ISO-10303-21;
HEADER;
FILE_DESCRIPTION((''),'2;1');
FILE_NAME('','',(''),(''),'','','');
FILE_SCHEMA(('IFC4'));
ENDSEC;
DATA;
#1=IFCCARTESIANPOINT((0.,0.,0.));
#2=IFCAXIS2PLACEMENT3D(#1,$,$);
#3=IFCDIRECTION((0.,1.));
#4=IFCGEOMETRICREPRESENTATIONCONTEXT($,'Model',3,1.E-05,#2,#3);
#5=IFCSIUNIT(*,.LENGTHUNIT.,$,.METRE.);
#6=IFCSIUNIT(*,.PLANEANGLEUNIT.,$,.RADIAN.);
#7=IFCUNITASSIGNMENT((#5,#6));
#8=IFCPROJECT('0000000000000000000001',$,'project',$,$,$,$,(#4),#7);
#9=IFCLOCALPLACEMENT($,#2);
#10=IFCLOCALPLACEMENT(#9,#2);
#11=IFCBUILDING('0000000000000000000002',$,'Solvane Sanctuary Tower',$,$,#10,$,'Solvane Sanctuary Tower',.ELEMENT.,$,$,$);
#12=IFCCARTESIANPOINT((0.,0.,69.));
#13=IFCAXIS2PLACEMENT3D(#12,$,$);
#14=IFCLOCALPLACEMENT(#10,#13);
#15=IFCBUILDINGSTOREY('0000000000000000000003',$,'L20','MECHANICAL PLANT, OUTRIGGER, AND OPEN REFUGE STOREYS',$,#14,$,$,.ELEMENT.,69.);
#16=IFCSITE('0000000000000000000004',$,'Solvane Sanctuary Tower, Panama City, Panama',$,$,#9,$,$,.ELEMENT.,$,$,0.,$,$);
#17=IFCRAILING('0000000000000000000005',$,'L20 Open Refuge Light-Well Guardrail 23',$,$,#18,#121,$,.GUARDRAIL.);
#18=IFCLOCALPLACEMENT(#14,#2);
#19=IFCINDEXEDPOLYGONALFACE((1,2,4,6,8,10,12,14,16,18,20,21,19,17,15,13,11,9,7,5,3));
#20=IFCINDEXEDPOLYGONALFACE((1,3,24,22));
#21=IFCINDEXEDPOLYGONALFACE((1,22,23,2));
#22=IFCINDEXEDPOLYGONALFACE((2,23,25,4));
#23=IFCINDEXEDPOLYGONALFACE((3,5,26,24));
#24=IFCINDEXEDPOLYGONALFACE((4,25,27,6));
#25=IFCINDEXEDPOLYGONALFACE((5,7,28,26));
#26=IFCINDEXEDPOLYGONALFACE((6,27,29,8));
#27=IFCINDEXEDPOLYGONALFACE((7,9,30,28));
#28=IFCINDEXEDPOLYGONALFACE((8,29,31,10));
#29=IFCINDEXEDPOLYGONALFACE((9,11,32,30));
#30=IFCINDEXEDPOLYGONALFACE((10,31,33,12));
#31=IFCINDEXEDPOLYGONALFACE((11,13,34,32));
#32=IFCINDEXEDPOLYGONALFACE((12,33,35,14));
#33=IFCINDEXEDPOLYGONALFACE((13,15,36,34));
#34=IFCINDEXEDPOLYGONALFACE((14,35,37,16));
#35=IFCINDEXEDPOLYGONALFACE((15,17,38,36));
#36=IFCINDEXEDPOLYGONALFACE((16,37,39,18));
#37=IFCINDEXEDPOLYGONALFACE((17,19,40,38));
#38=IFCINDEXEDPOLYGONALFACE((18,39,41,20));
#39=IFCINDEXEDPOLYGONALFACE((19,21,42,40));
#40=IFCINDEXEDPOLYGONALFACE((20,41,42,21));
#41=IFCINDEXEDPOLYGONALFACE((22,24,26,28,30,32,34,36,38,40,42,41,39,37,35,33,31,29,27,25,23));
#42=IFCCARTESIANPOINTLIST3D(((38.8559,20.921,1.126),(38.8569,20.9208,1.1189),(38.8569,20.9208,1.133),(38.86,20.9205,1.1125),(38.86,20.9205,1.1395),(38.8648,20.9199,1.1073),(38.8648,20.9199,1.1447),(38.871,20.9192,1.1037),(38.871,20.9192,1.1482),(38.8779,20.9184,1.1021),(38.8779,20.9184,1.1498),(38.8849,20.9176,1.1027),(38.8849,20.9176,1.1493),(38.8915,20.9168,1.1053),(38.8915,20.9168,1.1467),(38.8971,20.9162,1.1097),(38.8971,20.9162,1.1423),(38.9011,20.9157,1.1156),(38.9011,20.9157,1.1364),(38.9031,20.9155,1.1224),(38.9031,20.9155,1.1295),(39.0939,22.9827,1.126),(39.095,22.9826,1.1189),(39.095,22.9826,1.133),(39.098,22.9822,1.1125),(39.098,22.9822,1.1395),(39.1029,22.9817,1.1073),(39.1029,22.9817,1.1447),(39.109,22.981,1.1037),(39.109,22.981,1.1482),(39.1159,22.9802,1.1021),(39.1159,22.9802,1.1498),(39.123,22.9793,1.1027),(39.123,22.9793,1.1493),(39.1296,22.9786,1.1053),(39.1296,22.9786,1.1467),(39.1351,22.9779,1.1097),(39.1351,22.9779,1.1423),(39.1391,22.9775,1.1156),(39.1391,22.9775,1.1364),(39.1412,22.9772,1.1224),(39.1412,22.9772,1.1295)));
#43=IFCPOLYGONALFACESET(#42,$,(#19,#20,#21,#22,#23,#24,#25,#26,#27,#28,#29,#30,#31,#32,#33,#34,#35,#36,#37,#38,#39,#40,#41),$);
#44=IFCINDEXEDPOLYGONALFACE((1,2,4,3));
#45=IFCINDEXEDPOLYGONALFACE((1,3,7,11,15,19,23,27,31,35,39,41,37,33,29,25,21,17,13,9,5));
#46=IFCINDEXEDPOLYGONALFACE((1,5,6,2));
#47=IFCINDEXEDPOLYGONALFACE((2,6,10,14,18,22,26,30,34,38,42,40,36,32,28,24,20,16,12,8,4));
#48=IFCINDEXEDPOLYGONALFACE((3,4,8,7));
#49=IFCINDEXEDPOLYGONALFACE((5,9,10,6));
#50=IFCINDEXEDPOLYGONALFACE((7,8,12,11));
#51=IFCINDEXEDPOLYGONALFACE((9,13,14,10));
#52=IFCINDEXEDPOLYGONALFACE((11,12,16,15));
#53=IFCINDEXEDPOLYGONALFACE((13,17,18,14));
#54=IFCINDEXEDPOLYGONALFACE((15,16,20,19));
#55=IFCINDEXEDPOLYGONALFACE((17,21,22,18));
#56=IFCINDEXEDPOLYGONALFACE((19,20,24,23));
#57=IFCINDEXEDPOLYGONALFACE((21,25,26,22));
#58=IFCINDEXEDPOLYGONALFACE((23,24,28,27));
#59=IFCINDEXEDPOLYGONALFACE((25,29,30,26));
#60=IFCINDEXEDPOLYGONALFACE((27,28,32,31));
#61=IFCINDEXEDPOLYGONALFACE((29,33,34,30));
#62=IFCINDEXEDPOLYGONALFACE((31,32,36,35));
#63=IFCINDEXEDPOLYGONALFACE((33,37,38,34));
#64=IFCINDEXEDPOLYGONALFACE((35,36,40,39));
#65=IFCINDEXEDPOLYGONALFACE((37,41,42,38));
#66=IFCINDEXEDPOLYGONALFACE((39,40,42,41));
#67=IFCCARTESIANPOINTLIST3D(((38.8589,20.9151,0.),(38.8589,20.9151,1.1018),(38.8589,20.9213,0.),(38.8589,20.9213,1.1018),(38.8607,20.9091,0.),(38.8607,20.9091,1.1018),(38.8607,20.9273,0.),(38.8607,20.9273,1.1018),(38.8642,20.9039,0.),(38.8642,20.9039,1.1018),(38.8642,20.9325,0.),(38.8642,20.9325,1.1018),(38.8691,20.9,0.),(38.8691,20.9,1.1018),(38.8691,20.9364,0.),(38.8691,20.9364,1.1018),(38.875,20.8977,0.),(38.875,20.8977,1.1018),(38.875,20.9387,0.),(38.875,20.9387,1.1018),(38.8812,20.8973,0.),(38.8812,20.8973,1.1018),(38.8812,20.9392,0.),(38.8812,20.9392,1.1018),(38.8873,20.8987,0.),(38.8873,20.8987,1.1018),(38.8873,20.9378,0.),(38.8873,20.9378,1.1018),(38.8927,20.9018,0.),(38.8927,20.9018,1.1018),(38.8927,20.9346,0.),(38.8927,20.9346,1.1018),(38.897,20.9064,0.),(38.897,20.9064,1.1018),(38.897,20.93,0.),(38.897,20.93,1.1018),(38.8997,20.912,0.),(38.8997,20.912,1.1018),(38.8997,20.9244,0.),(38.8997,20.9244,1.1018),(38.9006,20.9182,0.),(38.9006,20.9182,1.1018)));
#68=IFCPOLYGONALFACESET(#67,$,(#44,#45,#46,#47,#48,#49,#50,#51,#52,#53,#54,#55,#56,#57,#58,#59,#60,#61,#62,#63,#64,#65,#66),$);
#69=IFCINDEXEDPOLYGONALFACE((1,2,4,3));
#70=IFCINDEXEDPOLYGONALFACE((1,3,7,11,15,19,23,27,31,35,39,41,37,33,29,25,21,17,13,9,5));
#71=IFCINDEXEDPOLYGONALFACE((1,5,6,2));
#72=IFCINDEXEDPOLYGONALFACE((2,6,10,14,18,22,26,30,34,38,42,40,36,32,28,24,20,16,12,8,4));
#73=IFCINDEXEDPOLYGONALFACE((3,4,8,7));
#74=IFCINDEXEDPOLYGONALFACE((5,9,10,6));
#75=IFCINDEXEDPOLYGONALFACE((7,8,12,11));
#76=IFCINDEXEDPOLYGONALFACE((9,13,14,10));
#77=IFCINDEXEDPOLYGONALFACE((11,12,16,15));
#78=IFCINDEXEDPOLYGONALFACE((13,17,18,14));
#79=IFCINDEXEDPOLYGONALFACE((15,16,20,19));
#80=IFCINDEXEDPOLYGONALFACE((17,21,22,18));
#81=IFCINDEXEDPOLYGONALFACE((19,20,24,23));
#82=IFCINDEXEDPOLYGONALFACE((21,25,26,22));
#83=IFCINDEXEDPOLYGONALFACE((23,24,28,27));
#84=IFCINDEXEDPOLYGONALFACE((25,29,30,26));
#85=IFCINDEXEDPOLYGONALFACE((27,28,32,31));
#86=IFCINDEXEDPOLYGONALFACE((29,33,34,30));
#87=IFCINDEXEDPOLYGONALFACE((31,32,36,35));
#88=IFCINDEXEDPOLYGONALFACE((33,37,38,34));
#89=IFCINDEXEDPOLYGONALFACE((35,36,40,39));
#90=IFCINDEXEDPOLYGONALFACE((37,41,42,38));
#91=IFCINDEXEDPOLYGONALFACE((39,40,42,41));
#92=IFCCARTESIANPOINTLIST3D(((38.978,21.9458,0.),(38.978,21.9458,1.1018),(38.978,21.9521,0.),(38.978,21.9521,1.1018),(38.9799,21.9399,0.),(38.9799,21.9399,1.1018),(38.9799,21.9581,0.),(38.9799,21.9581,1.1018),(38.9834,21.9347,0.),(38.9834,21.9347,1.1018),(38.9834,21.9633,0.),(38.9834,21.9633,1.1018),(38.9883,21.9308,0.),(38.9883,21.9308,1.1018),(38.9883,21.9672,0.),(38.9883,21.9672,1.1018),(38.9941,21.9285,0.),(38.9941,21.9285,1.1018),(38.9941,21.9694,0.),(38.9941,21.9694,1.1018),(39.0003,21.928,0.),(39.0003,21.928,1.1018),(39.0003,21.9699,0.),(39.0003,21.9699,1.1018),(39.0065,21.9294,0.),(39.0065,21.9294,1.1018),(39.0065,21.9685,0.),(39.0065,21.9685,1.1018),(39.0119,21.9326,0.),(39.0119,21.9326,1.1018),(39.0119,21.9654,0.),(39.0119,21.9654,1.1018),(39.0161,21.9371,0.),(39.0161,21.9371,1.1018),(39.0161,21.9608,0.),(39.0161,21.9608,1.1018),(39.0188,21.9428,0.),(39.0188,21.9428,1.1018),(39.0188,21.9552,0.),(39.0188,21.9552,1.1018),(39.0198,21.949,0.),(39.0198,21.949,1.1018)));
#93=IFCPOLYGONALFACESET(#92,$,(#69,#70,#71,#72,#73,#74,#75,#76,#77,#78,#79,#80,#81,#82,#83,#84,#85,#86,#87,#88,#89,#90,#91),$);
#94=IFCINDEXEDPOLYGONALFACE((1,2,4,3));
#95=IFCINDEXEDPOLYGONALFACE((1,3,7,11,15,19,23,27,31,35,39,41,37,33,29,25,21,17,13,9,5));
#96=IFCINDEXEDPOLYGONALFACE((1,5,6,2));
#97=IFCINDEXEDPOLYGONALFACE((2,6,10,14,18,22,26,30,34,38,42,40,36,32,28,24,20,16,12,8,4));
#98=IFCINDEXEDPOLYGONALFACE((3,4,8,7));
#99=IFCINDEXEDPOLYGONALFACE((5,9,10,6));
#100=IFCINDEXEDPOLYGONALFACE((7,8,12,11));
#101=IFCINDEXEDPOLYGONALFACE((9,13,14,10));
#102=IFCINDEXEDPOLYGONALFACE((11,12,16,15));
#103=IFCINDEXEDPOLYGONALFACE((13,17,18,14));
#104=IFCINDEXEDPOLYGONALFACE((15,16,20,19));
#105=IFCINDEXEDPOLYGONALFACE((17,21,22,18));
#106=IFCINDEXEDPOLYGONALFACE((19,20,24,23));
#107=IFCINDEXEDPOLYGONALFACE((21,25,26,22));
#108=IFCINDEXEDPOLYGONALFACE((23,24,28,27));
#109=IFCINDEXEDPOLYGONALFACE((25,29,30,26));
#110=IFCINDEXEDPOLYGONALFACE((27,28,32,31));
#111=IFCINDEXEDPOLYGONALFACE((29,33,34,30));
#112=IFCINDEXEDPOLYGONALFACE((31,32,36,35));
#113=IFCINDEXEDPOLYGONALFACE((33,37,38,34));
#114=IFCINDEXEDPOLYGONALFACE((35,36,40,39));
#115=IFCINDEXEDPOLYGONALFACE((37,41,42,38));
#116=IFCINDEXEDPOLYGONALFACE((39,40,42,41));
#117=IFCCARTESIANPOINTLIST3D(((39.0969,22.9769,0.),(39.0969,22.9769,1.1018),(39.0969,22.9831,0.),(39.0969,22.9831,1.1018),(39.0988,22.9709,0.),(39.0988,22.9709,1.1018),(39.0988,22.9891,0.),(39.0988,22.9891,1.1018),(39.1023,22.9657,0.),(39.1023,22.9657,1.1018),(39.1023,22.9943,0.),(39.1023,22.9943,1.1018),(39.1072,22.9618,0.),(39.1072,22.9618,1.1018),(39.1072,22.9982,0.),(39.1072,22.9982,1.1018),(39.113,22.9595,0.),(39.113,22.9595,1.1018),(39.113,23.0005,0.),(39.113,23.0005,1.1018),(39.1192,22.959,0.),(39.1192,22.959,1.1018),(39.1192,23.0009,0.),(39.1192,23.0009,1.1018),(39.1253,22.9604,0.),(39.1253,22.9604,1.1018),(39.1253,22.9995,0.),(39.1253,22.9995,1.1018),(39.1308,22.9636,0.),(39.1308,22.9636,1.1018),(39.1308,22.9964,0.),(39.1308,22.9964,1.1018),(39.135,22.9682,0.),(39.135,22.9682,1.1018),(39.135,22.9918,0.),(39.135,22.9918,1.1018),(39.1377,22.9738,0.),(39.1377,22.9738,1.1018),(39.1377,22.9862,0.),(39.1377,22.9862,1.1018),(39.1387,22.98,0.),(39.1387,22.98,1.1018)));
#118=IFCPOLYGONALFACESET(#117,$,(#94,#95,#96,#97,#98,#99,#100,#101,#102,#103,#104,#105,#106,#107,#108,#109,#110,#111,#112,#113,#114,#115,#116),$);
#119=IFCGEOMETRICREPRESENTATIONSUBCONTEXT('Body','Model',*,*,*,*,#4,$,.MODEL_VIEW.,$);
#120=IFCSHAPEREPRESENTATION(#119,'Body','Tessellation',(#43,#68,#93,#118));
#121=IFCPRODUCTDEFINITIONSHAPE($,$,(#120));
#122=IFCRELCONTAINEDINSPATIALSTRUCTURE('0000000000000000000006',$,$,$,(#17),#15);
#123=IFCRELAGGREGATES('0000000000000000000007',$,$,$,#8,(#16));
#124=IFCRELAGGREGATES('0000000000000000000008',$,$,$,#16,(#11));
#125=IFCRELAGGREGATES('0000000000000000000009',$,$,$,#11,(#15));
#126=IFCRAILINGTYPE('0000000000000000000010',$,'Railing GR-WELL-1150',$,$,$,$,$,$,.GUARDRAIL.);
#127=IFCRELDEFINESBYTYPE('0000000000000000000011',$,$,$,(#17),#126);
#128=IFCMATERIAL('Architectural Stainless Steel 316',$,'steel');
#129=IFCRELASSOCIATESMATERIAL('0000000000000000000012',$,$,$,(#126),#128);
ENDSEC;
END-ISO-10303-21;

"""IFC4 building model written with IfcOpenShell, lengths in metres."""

from ifc_helpers import new_model, si_unit, direction, frame, origin, origin_2d, place, context, subcontext, project, spatial, circle, extrude, material, type_object, element, save


model = new_model("IFC4")

# Units and contexts
model_context = context("Model", 3, precision=1e-05, world=origin(), true_north=direction((0.0, 1.0)))
body_context = subcontext(model_context, "Body", "Model", "MODEL_VIEW")
ifc_project = project(units=[si_unit("LENGTHUNIT", "METRE"), si_unit("PLANEANGLEUNIT", "RADIAN")], contexts=[model_context])

# Site, building, storey
site_placement = place(None, origin())
site = spatial("IfcSite", under=ifc_project, at=site_placement, Name="Solvane Sanctuary Tower, Panama City, Panama", CompositionType="ELEMENT", RefElevation=0.0)
building_placement = place(site_placement, origin())
building = spatial("IfcBuilding", under=site, at=building_placement, Name="Solvane Sanctuary Tower", LongName="Solvane Sanctuary Tower", CompositionType="ELEMENT")
storey_placement = place(building_placement, frame((0.0, 0.0, 69.0)))
storey = spatial("IfcBuildingStorey", under=building, at=storey_placement, Name="L20", Description="MECHANICAL PLANT, OUTRIGGER, AND OPEN REFUGE STOREYS", CompositionType="ELEMENT", Elevation=69.0)

# Shared definitions
ifc_material_1 = material(Name="Architectural Stainless Steel 316", Category="steel")

# Railing
railing_type_1 = type_object("IfcRailingType", Name="Railing GR-WELL-1150", PredefinedType="GUARDRAIL", material=ifc_material_1)
railing_1_placement = place(storey_placement, frame((38.8796, 20.9182, 0.0)))
element("IfcRailing", 1, at=railing_1_placement, inside=storey, type_object=railing_type_1, Name="L20 Open Refuge Light-Well Guardrail 23", PredefinedType="GUARDRAIL", context=body_context, shape_type="SweptSolid", body=[
    extrude(circle(Radius=0.0239, at=origin_2d()), frame((0.0, 0.0, 1.126), z_axis=(0.114691, 0.993401, 0.0), x_axis=(-0.993401, 0.114691, 0.0)), (0.0, 0.0, 1.0), 2.0754),
    extrude(circle(Radius=0.021, at=origin_2d()), origin(), (0.0, 0.0, 1.0), 1.1018),
    extrude(circle(Radius=0.021, at=origin_2d()), frame((0.1191, 1.0308, 0.0)), (0.0, 0.0, 1.0), 1.1018),
    extrude(circle(Radius=0.021, at=origin_2d()), frame((0.238, 2.0618, 0.0)), (0.0, 0.0, 1.0), 1.1018),
])

save(model, "model.ifc")
